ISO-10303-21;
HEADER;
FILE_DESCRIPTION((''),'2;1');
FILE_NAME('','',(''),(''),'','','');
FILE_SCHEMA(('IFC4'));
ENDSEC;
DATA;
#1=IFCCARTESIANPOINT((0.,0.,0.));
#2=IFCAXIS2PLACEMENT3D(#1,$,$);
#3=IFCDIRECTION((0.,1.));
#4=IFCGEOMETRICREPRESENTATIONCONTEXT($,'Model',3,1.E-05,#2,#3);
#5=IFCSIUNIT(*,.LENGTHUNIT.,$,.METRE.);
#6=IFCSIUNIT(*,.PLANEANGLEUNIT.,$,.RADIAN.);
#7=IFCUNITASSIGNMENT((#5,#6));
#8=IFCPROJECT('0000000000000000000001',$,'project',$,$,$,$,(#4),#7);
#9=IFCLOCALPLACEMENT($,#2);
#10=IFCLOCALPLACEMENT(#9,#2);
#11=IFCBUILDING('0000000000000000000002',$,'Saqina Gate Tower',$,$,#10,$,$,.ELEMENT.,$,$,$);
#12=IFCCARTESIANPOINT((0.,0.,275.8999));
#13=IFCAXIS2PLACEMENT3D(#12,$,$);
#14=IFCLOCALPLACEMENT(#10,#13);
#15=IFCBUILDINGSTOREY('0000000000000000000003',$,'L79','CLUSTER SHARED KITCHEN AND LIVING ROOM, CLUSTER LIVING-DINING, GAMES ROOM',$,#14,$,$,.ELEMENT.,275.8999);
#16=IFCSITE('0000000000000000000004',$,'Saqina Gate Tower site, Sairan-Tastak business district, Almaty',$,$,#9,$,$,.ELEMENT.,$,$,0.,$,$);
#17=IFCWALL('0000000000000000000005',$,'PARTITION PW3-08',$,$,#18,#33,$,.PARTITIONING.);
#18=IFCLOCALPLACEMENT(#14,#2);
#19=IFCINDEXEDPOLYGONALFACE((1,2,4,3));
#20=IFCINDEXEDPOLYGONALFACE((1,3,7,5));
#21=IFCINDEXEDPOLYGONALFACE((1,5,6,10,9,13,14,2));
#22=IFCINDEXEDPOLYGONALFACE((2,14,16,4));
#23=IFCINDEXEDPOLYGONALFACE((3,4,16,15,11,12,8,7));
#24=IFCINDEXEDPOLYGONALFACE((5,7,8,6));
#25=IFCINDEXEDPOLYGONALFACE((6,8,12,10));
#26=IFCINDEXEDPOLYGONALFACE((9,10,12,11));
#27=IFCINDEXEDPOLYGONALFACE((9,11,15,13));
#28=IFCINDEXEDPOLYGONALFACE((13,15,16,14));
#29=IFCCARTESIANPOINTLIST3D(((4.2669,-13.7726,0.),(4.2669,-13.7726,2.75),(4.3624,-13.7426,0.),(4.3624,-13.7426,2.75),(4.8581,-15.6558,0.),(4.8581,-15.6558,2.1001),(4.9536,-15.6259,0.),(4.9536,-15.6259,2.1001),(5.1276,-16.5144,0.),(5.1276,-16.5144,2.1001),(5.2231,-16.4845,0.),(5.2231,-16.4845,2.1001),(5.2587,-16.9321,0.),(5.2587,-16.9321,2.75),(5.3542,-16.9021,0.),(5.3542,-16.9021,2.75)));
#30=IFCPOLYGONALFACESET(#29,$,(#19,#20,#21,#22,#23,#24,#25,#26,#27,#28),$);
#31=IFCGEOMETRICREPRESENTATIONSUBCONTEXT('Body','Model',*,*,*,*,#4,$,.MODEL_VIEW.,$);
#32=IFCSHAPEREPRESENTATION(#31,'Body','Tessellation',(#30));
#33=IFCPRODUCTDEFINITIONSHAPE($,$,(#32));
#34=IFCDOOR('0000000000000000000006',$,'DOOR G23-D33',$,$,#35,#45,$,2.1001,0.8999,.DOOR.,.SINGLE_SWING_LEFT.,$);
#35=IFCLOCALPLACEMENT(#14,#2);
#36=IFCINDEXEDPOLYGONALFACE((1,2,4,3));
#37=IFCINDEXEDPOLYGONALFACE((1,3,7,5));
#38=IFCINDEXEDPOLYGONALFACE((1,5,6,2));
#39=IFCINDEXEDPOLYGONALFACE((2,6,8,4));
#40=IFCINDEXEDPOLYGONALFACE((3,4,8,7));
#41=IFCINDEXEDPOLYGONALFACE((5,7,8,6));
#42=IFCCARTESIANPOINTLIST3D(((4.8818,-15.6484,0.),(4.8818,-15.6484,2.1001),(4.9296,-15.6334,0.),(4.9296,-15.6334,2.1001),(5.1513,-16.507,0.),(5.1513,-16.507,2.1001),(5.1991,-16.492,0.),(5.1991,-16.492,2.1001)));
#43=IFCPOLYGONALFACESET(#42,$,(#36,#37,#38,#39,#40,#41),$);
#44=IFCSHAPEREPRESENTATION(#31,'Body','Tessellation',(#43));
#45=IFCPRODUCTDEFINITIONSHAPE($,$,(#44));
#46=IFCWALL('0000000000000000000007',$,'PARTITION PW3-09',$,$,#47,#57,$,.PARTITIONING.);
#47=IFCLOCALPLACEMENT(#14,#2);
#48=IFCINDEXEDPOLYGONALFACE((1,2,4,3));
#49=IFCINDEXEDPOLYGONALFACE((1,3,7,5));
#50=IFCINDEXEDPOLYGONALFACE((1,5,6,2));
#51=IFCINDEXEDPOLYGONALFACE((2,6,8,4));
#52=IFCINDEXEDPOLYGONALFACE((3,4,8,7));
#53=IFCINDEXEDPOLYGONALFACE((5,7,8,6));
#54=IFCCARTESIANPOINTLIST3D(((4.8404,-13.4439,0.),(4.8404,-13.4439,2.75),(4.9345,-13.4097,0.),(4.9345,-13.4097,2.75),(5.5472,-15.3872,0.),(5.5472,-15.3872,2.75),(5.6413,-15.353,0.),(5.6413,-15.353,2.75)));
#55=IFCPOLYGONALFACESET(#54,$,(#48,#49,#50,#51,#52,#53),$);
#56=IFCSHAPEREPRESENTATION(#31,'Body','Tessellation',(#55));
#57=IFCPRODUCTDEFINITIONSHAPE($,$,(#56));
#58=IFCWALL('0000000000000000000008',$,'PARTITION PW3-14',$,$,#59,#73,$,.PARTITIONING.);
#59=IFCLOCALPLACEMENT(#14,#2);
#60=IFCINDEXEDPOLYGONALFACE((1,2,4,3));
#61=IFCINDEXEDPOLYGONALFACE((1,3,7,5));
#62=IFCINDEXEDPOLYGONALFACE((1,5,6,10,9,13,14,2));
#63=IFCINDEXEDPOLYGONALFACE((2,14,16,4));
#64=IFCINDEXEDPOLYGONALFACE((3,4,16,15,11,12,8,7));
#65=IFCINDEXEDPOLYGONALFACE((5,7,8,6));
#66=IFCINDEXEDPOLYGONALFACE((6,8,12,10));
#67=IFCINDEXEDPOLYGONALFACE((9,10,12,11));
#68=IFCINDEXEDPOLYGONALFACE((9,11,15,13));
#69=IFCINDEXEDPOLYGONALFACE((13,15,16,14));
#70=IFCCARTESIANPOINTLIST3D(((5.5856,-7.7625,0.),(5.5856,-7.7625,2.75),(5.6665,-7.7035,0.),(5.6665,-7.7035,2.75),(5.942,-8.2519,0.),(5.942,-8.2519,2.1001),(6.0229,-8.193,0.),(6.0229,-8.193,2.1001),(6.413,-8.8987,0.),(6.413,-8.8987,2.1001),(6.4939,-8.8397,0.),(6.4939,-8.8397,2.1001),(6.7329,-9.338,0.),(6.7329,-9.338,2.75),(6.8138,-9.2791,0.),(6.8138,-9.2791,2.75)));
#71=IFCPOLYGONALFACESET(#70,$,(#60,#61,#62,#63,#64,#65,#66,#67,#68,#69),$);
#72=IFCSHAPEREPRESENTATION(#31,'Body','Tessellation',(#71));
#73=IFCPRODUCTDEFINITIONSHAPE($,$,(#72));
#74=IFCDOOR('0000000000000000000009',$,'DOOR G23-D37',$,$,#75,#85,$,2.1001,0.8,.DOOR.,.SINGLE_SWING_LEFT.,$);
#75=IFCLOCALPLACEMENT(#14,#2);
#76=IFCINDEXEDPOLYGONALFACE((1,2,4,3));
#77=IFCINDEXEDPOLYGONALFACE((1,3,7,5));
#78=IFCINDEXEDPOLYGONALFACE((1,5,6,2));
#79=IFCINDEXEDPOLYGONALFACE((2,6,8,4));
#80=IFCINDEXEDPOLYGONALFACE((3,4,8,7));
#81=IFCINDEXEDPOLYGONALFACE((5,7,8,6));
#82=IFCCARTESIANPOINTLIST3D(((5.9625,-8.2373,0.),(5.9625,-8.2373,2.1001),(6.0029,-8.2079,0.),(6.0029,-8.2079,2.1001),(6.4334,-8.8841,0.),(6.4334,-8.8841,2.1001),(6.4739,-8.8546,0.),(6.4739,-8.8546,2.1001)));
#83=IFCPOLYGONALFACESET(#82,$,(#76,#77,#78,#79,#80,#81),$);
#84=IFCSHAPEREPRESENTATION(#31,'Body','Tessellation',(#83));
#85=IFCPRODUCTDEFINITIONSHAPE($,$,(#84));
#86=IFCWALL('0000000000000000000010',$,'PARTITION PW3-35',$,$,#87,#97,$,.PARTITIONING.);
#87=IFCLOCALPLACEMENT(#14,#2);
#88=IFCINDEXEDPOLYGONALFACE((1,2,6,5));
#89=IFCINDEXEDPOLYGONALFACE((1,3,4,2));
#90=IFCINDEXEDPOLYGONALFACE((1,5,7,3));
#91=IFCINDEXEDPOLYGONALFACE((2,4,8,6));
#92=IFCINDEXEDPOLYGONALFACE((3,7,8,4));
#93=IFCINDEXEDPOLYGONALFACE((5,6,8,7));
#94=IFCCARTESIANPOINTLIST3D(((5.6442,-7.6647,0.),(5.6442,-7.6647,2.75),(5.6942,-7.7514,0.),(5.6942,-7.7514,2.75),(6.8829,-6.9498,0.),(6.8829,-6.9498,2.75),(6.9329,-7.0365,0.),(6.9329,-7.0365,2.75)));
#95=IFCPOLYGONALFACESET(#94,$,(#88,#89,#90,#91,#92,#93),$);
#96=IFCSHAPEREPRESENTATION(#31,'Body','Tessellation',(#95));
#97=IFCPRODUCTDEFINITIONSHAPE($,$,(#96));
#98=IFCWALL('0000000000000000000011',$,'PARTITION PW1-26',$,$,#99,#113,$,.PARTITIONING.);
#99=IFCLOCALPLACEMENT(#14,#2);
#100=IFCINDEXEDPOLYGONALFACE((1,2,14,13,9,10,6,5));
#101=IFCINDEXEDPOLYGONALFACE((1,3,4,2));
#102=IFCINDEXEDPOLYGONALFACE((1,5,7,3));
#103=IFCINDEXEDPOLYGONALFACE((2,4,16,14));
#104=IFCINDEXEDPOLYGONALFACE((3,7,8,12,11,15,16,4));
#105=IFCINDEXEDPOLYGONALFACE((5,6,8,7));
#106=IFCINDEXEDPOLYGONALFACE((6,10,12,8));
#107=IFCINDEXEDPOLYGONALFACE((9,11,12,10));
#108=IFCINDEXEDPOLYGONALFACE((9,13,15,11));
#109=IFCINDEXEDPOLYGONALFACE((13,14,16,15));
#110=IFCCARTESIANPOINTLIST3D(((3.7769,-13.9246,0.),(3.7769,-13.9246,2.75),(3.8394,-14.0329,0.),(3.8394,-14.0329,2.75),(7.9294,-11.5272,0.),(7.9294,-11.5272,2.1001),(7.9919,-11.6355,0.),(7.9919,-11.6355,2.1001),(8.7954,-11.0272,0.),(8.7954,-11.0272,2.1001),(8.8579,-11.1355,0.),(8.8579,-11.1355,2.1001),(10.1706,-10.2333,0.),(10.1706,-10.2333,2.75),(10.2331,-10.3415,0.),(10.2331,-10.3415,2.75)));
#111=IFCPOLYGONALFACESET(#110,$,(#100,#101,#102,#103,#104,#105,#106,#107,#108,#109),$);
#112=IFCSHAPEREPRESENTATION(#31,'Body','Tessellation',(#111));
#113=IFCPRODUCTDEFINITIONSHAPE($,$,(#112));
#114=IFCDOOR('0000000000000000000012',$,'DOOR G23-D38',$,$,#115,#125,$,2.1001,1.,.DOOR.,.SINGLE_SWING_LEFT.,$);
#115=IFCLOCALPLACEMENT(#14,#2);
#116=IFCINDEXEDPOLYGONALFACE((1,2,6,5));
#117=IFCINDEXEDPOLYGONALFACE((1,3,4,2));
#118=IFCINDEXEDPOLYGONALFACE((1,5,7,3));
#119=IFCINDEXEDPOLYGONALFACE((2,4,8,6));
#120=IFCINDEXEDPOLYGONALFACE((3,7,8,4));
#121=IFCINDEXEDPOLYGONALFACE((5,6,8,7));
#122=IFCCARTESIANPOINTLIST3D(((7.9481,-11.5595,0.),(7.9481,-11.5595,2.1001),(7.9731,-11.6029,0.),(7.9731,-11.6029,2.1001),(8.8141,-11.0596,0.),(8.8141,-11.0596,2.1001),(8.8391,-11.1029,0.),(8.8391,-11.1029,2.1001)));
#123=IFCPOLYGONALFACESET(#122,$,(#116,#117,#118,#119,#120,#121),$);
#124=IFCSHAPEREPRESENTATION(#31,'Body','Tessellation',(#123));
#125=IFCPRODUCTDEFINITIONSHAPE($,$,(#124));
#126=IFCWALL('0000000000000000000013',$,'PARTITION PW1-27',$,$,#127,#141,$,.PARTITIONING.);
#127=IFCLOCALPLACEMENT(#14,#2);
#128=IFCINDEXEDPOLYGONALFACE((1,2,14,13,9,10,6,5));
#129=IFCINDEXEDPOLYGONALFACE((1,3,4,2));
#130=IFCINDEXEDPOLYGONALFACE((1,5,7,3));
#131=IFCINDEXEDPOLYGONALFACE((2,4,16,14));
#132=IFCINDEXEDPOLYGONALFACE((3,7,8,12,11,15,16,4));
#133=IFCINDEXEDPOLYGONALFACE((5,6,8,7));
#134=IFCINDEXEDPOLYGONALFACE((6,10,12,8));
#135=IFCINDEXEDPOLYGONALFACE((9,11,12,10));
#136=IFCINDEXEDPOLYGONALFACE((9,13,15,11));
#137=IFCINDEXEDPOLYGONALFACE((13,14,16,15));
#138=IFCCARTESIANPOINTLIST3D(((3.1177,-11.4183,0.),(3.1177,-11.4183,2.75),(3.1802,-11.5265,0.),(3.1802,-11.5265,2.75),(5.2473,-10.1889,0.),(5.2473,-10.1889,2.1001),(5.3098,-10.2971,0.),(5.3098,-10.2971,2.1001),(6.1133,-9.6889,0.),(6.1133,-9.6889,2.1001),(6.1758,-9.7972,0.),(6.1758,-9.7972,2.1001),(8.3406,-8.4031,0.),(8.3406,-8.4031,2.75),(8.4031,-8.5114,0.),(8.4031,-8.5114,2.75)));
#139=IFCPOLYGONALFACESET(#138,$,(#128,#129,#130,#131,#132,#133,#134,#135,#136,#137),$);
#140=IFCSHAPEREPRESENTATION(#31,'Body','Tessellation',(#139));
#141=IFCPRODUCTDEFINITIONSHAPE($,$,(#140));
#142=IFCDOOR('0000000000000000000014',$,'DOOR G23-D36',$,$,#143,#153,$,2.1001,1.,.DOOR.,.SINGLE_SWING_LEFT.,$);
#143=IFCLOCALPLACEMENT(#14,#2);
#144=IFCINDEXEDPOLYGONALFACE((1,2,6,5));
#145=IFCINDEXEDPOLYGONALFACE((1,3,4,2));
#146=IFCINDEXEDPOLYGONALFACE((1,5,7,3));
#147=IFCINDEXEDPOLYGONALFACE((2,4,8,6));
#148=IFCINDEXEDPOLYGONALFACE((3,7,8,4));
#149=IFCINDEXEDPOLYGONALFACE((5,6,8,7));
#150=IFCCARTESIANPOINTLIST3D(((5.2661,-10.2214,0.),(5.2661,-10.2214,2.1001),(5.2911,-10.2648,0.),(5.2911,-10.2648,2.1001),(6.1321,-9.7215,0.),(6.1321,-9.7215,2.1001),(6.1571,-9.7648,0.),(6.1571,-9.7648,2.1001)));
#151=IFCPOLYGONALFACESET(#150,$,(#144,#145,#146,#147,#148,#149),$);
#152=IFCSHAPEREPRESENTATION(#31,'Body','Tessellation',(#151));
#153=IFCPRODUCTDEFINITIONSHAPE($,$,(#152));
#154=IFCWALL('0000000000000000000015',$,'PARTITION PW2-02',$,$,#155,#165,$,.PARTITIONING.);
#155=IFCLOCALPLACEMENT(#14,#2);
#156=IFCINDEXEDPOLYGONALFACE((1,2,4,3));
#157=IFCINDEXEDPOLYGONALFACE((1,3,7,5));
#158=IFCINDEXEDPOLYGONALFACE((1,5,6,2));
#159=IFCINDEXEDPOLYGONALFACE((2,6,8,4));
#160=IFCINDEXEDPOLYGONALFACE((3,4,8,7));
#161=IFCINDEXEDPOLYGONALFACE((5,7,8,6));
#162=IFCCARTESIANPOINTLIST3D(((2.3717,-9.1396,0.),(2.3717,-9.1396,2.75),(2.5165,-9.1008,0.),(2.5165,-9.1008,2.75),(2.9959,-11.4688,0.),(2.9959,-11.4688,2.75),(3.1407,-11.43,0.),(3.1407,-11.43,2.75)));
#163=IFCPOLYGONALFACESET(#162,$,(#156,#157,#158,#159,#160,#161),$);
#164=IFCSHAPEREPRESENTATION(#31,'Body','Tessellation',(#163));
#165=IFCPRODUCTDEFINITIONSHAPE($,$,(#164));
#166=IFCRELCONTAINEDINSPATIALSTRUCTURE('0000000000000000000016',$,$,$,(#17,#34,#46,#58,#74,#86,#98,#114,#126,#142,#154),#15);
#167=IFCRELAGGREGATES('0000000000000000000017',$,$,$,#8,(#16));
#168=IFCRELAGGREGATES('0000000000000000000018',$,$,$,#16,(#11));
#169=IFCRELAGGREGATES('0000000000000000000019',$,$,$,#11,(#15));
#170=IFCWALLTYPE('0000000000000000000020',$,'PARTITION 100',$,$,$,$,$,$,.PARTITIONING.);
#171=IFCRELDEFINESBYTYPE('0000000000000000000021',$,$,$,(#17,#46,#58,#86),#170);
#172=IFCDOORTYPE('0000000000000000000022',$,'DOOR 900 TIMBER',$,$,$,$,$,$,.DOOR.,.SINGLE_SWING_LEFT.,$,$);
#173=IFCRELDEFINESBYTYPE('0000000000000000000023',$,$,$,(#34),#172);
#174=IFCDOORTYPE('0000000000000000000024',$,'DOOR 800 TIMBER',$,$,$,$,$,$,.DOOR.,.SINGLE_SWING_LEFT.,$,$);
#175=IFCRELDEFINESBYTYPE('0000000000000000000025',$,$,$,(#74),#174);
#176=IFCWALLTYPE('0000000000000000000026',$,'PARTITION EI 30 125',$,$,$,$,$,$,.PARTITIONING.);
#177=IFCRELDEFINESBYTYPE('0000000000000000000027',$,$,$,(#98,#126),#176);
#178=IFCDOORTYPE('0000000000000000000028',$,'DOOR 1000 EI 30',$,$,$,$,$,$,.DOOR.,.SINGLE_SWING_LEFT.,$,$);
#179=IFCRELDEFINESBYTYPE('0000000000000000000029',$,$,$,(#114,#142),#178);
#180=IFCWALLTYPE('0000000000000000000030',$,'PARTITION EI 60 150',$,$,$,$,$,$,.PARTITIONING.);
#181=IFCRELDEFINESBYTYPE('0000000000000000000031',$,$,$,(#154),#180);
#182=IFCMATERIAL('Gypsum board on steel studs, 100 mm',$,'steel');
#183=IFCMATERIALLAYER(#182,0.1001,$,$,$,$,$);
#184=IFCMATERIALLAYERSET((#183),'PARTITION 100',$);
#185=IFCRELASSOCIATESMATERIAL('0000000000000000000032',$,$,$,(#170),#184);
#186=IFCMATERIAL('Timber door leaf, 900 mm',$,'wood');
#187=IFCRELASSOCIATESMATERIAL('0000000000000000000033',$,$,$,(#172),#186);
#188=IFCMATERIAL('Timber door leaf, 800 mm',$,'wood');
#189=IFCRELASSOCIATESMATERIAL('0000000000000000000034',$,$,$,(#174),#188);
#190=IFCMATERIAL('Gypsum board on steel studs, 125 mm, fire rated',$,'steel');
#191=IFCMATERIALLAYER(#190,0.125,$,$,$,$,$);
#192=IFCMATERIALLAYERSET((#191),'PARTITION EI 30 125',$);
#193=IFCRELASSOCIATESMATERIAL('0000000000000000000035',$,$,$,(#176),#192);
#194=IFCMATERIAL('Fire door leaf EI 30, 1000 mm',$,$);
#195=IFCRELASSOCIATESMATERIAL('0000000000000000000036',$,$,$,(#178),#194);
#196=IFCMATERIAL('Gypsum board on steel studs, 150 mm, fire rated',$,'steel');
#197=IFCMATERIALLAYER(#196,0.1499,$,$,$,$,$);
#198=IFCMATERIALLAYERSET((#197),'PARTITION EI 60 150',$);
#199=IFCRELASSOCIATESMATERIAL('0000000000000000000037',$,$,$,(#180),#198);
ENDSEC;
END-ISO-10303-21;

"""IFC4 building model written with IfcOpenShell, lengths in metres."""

from ifc_helpers import new_model, si_unit, direction, frame, frame_2d, origin, place, context, subcontext, project, spatial, rectangle, extrude, material, layer, layer_set, type_object, element, fill, save


model = new_model("IFC4")

# Units and contexts
model_context = context("Model", 3, precision=1e-05, world=origin(), true_north=direction((0.0, 1.0)))
body_context = subcontext(model_context, "Body", "Model", "MODEL_VIEW")
ifc_project = project(units=[si_unit("LENGTHUNIT", "METRE"), si_unit("PLANEANGLEUNIT", "RADIAN")], contexts=[model_context])

# Site, building, storey
site_placement = place(None, origin())
site = spatial("IfcSite", under=ifc_project, at=site_placement, Name="Saqina Gate Tower site, Sairan-Tastak business district, Almaty", CompositionType="ELEMENT", RefElevation=0.0)
building_placement = place(site_placement, origin())
building = spatial("IfcBuilding", under=site, at=building_placement, Name="Saqina Gate Tower", CompositionType="ELEMENT")
storey_placement = place(building_placement, frame((0.0, 0.0, 275.8999)))
storey = spatial("IfcBuildingStorey", under=building, at=storey_placement, Name="L79", Description="CLUSTER SHARED KITCHEN AND LIVING ROOM, CLUSTER LIVING-DINING, GAMES ROOM", CompositionType="ELEMENT", Elevation=275.8999)

# Wall, opening, door
ifc_material_1 = material(Name="Gypsum board on steel studs, 100 mm", Category="steel")
ifc_layer_1 = layer(ifc_material_1, 0.1001)
ifc_layer_set_1 = layer_set([ifc_layer_1], Name="PARTITION 100")
wall_type_1 = type_object("IfcWallType", Name="PARTITION 100", PredefinedType="PARTITIONING", material=ifc_layer_set_1)
wall_1_placement = place(storey_placement, frame((4.3147, -13.7576, 0.0), z_axis=(0.0, 0.0, 1.0), x_axis=(0.29948, -0.954103, 0.0)))
wall_1 = element("IfcWall", 1, at=wall_1_placement, inside=storey, type_object=wall_type_1, Name="PARTITION PW3-08", PredefinedType="PARTITIONING", context=body_context, shape_type="SweptSolid", body=[
    extrude(rectangle(XDim=3.3115, YDim=0.1001, at=frame_2d((1.6558, 0.0))), origin(), (0.0, 0.0, 1.0), 2.75),
])
opening_1_placement = place(wall_1_placement, frame((1.9739, 0.0, 0.0)))
opening_1 = element("IfcOpeningElement", 2, at=opening_1_placement, cuts=wall_1, PredefinedType="OPENING", context=body_context, shape_type="SweptSolid", body=[
    extrude(rectangle(XDim=0.8999, YDim=2.1001, at=frame_2d((0.45, 1.05))), frame((0.0, 0.062, 0.0), z_axis=(0.0, -1.0, 0.0), x_axis=(1.0, 0.0, 0.0)), (0.0, 0.0, 1.0), 0.124),
])
ifc_material_2 = material(Name="Timber door leaf, 900 mm", Category="wood")
door_type_1 = type_object("IfcDoorType", Name="DOOR 900 TIMBER", OperationType="SINGLE_SWING_LEFT", PredefinedType="DOOR", material=ifc_material_2)
door_1_placement = place(opening_1_placement, origin())
door_1 = element("IfcDoor", 3, at=door_1_placement, inside=storey, type_object=door_type_1, Name="DOOR G23-D33", OperationType="SINGLE_SWING_LEFT", OverallHeight=2.1001, OverallWidth=0.8999, PredefinedType="DOOR", context=body_context, shape_type="SweptSolid", body=[
    extrude(rectangle(XDim=0.8999, YDim=2.1001, at=frame_2d((0.45, 1.05))), frame((0.0, 0.0249, 0.0), z_axis=(0.0, -1.0, 0.0), x_axis=(1.0, 0.0, 0.0)), (0.0, 0.0, 1.0), 0.05),
])
fill(opening_1, door_1)

# Wall
wall_2_placement = place(storey_placement, frame((4.8875, -13.4268, 0.0), z_axis=(0.0, 0.0, 1.0), x_axis=(0.34179, -0.939776, 0.0)))
element("IfcWall", 4, at=wall_2_placement, inside=storey, type_object=wall_type_1, Name="PARTITION PW3-09", PredefinedType="PARTITIONING", context=body_context, shape_type="SweptSolid", body=[
    extrude(rectangle(XDim=2.0679, YDim=0.1001, at=frame_2d((1.0339, 0.0))), origin(), (0.0, 0.0, 1.0), 2.75),
])

# Wall, opening, door
wall_3_placement = place(storey_placement, frame((5.626, -7.7329, 0.0), z_axis=(0.0, 0.0, 1.0), x_axis=(0.588656, -0.808384, 0.0)))
wall_3 = element("IfcWall", 5, at=wall_3_placement, inside=storey, type_object=wall_type_1, Name="PARTITION PW3-14", PredefinedType="PARTITIONING", context=body_context, shape_type="SweptSolid", body=[
    extrude(rectangle(XDim=1.949, YDim=0.1001, at=frame_2d((0.9746, 0.0))), origin(), (0.0, 0.0, 1.0), 2.75),
])
opening_2_placement = place(wall_3_placement, frame((0.6057, 0.0, 0.0)))
opening_2 = element("IfcOpeningElement", 6, at=opening_2_placement, cuts=wall_3, PredefinedType="OPENING", context=body_context, shape_type="SweptSolid", body=[
    extrude(rectangle(XDim=0.8, YDim=2.1001, at=frame_2d((0.3999, 1.05))), frame((0.0, 0.062, 0.0), z_axis=(0.0, -1.0, 0.0), x_axis=(1.0, 0.0, 0.0)), (0.0, 0.0, 1.0), 0.124),
])
ifc_material_3 = material(Name="Timber door leaf, 800 mm", Category="wood")
door_type_2 = type_object("IfcDoorType", Name="DOOR 800 TIMBER", OperationType="SINGLE_SWING_LEFT", PredefinedType="DOOR", material=ifc_material_3)
door_2_placement = place(opening_2_placement, frame((0.8, 0.0, 0.0), z_axis=(0.0, 0.0, 1.0), x_axis=(-1.0, 0.0, 0.0)))
door_2 = element("IfcDoor", 7, at=door_2_placement, inside=storey, type_object=door_type_2, Name="DOOR G23-D37", OperationType="SINGLE_SWING_LEFT", OverallHeight=2.1001, OverallWidth=0.8, PredefinedType="DOOR", context=body_context, shape_type="SweptSolid", body=[
    extrude(rectangle(XDim=0.8, YDim=2.1001, at=frame_2d((0.3999, 1.05))), frame((0.0, 0.0249, 0.0), z_axis=(0.0, -1.0, 0.0), x_axis=(1.0, 0.0, 0.0)), (0.0, 0.0, 1.0), 0.05),
])
fill(opening_2, door_2)

# Wall
wall_4_placement = place(storey_placement, frame((5.6692, -7.708, 0.0), z_axis=(0.0, 0.0, 1.0), x_axis=(0.866134, 0.499811, 0.0)))
element("IfcWall", 8, at=wall_4_placement, inside=storey, type_object=wall_type_1, Name="PARTITION PW3-35", PredefinedType="PARTITIONING", context=body_context, shape_type="SweptSolid", body=[
    extrude(rectangle(XDim=1.4302, YDim=0.1001, at=frame_2d((0.7151, 0.0))), origin(), (0.0, 0.0, 1.0), 2.75),
])

# Walls, openings, doors
ifc_material_4 = material(Name="Gypsum board on steel studs, 125 mm, fire rated", Category="steel")
ifc_layer_2 = layer(ifc_material_4, 0.125)
ifc_layer_set_2 = layer_set([ifc_layer_2], Name="PARTITION EI 30 125")
wall_type_2 = type_object("IfcWallType", Name="PARTITION EI 30 125", PredefinedType="PARTITIONING", material=ifc_layer_set_2)
wall_5_placement = place(storey_placement, frame((3.8081, -13.9788, 0.0), z_axis=(0.0, 0.0, 1.0), x_axis=(0.866029, 0.499994, 0.0)))
wall_5 = element("IfcWall", 9, at=wall_5_placement, inside=storey, type_object=wall_type_2, Name="PARTITION PW1-26", PredefinedType="PARTITIONING", context=body_context, shape_type="SweptSolid", body=[
    extrude(rectangle(XDim=7.3828, YDim=0.125, at=frame_2d((3.6914, 0.0))), origin(), (0.0, 0.0, 1.0), 2.75),
])
opening_3_placement = place(wall_5_placement, frame((4.7949, 0.0, 0.0)))
opening_3 = element("IfcOpeningElement", 10, at=opening_3_placement, cuts=wall_5, PredefinedType="OPENING", context=body_context, shape_type="SweptSolid", body=[
    extrude(rectangle(XDim=1.0, YDim=2.1001, at=frame_2d((0.5, 1.05))), frame((0.0, 0.0745, 0.0), z_axis=(0.0, -1.0, 0.0), x_axis=(1.0, 0.0, 0.0)), (0.0, 0.0, 1.0), 0.1489),
])
ifc_material_5 = material(Name="Fire door leaf EI 30, 1000 mm")
door_type_3 = type_object("IfcDoorType", Name="DOOR 1000 EI 30", OperationType="SINGLE_SWING_LEFT", PredefinedType="DOOR", material=ifc_material_5)
door_3_placement = place(opening_3_placement, frame((1.0, 0.0, 0.0), z_axis=(0.0, 0.0, 1.0), x_axis=(-1.0, 0.0, 0.0)))
door_3 = element("IfcDoor", 11, at=door_3_placement, inside=storey, type_object=door_type_3, Name="DOOR G23-D38", OperationType="SINGLE_SWING_LEFT", OverallHeight=2.1001, OverallWidth=1.0, PredefinedType="DOOR", context=body_context, shape_type="SweptSolid", body=[
    extrude(rectangle(XDim=1.0, YDim=2.1001, at=frame_2d((0.5, 1.05))), frame((0.0, 0.0249, 0.0), z_axis=(0.0, -1.0, 0.0), x_axis=(1.0, 0.0, 0.0)), (0.0, 0.0, 1.0), 0.05),
])
fill(opening_3, door_3)
wall_6_placement = place(storey_placement, frame((3.1489, -11.4724, 0.0), z_axis=(0.0, 0.0, 1.0), x_axis=(0.866047, 0.499962, 0.0)))
wall_6 = element("IfcWall", 12, at=wall_6_placement, inside=storey, type_object=wall_type_2, Name="PARTITION PW1-27", PredefinedType="PARTITIONING", context=body_context, shape_type="SweptSolid", body=[
    extrude(rectangle(XDim=6.0308, YDim=0.125, at=frame_2d((3.0154, 0.0))), origin(), (0.0, 0.0, 1.0), 2.75),
])
opening_4_placement = place(wall_6_placement, frame((2.459, 0.0, 0.0)))
opening_4 = element("IfcOpeningElement", 13, at=opening_4_placement, cuts=wall_6, PredefinedType="OPENING", context=body_context, shape_type="SweptSolid", body=[
    extrude(rectangle(XDim=1.0, YDim=2.1001, at=frame_2d((0.5, 1.05))), frame((0.0, 0.0745, 0.0), z_axis=(0.0, -1.0, 0.0), x_axis=(1.0, 0.0, 0.0)), (0.0, 0.0, 1.0), 0.1489),
])
door_4_placement = place(opening_4_placement, origin())
door_4 = element("IfcDoor", 14, at=door_4_placement, inside=storey, type_object=door_type_3, Name="DOOR G23-D36", OperationType="SINGLE_SWING_LEFT", OverallHeight=2.1001, OverallWidth=1.0, PredefinedType="DOOR", context=body_context, shape_type="SweptSolid", body=[
    extrude(rectangle(XDim=1.0, YDim=2.1001, at=frame_2d((0.5, 1.05))), frame((0.0, 0.0249, 0.0), z_axis=(0.0, -1.0, 0.0), x_axis=(1.0, 0.0, 0.0)), (0.0, 0.0, 1.0), 0.05),
])
fill(opening_4, door_4)

# Wall
ifc_material_6 = material(Name="Gypsum board on steel studs, 150 mm, fire rated", Category="steel")
ifc_layer_3 = layer(ifc_material_6, 0.1499)
ifc_layer_set_3 = layer_set([ifc_layer_3], Name="PARTITION EI 60 150")
wall_type_3 = type_object("IfcWallType", Name="PARTITION EI 60 150", PredefinedType="PARTITIONING", material=ifc_layer_set_3)
wall_7_placement = place(storey_placement, frame((2.4441, -9.1204, 0.0), z_axis=(0.0, 0.0, 1.0), x_axis=(0.258891, -0.965906, 0.0)))
element("IfcWall", 15, at=wall_7_placement, inside=storey, type_object=wall_type_3, Name="PARTITION PW2-02", PredefinedType="PARTITIONING", context=body_context, shape_type="SweptSolid", body=[
    extrude(rectangle(XDim=2.4114, YDim=0.1499, at=frame_2d((1.2056, 0.0))), origin(), (0.0, 0.0, 1.0), 2.75),
])

save(model, "model.ifc")
